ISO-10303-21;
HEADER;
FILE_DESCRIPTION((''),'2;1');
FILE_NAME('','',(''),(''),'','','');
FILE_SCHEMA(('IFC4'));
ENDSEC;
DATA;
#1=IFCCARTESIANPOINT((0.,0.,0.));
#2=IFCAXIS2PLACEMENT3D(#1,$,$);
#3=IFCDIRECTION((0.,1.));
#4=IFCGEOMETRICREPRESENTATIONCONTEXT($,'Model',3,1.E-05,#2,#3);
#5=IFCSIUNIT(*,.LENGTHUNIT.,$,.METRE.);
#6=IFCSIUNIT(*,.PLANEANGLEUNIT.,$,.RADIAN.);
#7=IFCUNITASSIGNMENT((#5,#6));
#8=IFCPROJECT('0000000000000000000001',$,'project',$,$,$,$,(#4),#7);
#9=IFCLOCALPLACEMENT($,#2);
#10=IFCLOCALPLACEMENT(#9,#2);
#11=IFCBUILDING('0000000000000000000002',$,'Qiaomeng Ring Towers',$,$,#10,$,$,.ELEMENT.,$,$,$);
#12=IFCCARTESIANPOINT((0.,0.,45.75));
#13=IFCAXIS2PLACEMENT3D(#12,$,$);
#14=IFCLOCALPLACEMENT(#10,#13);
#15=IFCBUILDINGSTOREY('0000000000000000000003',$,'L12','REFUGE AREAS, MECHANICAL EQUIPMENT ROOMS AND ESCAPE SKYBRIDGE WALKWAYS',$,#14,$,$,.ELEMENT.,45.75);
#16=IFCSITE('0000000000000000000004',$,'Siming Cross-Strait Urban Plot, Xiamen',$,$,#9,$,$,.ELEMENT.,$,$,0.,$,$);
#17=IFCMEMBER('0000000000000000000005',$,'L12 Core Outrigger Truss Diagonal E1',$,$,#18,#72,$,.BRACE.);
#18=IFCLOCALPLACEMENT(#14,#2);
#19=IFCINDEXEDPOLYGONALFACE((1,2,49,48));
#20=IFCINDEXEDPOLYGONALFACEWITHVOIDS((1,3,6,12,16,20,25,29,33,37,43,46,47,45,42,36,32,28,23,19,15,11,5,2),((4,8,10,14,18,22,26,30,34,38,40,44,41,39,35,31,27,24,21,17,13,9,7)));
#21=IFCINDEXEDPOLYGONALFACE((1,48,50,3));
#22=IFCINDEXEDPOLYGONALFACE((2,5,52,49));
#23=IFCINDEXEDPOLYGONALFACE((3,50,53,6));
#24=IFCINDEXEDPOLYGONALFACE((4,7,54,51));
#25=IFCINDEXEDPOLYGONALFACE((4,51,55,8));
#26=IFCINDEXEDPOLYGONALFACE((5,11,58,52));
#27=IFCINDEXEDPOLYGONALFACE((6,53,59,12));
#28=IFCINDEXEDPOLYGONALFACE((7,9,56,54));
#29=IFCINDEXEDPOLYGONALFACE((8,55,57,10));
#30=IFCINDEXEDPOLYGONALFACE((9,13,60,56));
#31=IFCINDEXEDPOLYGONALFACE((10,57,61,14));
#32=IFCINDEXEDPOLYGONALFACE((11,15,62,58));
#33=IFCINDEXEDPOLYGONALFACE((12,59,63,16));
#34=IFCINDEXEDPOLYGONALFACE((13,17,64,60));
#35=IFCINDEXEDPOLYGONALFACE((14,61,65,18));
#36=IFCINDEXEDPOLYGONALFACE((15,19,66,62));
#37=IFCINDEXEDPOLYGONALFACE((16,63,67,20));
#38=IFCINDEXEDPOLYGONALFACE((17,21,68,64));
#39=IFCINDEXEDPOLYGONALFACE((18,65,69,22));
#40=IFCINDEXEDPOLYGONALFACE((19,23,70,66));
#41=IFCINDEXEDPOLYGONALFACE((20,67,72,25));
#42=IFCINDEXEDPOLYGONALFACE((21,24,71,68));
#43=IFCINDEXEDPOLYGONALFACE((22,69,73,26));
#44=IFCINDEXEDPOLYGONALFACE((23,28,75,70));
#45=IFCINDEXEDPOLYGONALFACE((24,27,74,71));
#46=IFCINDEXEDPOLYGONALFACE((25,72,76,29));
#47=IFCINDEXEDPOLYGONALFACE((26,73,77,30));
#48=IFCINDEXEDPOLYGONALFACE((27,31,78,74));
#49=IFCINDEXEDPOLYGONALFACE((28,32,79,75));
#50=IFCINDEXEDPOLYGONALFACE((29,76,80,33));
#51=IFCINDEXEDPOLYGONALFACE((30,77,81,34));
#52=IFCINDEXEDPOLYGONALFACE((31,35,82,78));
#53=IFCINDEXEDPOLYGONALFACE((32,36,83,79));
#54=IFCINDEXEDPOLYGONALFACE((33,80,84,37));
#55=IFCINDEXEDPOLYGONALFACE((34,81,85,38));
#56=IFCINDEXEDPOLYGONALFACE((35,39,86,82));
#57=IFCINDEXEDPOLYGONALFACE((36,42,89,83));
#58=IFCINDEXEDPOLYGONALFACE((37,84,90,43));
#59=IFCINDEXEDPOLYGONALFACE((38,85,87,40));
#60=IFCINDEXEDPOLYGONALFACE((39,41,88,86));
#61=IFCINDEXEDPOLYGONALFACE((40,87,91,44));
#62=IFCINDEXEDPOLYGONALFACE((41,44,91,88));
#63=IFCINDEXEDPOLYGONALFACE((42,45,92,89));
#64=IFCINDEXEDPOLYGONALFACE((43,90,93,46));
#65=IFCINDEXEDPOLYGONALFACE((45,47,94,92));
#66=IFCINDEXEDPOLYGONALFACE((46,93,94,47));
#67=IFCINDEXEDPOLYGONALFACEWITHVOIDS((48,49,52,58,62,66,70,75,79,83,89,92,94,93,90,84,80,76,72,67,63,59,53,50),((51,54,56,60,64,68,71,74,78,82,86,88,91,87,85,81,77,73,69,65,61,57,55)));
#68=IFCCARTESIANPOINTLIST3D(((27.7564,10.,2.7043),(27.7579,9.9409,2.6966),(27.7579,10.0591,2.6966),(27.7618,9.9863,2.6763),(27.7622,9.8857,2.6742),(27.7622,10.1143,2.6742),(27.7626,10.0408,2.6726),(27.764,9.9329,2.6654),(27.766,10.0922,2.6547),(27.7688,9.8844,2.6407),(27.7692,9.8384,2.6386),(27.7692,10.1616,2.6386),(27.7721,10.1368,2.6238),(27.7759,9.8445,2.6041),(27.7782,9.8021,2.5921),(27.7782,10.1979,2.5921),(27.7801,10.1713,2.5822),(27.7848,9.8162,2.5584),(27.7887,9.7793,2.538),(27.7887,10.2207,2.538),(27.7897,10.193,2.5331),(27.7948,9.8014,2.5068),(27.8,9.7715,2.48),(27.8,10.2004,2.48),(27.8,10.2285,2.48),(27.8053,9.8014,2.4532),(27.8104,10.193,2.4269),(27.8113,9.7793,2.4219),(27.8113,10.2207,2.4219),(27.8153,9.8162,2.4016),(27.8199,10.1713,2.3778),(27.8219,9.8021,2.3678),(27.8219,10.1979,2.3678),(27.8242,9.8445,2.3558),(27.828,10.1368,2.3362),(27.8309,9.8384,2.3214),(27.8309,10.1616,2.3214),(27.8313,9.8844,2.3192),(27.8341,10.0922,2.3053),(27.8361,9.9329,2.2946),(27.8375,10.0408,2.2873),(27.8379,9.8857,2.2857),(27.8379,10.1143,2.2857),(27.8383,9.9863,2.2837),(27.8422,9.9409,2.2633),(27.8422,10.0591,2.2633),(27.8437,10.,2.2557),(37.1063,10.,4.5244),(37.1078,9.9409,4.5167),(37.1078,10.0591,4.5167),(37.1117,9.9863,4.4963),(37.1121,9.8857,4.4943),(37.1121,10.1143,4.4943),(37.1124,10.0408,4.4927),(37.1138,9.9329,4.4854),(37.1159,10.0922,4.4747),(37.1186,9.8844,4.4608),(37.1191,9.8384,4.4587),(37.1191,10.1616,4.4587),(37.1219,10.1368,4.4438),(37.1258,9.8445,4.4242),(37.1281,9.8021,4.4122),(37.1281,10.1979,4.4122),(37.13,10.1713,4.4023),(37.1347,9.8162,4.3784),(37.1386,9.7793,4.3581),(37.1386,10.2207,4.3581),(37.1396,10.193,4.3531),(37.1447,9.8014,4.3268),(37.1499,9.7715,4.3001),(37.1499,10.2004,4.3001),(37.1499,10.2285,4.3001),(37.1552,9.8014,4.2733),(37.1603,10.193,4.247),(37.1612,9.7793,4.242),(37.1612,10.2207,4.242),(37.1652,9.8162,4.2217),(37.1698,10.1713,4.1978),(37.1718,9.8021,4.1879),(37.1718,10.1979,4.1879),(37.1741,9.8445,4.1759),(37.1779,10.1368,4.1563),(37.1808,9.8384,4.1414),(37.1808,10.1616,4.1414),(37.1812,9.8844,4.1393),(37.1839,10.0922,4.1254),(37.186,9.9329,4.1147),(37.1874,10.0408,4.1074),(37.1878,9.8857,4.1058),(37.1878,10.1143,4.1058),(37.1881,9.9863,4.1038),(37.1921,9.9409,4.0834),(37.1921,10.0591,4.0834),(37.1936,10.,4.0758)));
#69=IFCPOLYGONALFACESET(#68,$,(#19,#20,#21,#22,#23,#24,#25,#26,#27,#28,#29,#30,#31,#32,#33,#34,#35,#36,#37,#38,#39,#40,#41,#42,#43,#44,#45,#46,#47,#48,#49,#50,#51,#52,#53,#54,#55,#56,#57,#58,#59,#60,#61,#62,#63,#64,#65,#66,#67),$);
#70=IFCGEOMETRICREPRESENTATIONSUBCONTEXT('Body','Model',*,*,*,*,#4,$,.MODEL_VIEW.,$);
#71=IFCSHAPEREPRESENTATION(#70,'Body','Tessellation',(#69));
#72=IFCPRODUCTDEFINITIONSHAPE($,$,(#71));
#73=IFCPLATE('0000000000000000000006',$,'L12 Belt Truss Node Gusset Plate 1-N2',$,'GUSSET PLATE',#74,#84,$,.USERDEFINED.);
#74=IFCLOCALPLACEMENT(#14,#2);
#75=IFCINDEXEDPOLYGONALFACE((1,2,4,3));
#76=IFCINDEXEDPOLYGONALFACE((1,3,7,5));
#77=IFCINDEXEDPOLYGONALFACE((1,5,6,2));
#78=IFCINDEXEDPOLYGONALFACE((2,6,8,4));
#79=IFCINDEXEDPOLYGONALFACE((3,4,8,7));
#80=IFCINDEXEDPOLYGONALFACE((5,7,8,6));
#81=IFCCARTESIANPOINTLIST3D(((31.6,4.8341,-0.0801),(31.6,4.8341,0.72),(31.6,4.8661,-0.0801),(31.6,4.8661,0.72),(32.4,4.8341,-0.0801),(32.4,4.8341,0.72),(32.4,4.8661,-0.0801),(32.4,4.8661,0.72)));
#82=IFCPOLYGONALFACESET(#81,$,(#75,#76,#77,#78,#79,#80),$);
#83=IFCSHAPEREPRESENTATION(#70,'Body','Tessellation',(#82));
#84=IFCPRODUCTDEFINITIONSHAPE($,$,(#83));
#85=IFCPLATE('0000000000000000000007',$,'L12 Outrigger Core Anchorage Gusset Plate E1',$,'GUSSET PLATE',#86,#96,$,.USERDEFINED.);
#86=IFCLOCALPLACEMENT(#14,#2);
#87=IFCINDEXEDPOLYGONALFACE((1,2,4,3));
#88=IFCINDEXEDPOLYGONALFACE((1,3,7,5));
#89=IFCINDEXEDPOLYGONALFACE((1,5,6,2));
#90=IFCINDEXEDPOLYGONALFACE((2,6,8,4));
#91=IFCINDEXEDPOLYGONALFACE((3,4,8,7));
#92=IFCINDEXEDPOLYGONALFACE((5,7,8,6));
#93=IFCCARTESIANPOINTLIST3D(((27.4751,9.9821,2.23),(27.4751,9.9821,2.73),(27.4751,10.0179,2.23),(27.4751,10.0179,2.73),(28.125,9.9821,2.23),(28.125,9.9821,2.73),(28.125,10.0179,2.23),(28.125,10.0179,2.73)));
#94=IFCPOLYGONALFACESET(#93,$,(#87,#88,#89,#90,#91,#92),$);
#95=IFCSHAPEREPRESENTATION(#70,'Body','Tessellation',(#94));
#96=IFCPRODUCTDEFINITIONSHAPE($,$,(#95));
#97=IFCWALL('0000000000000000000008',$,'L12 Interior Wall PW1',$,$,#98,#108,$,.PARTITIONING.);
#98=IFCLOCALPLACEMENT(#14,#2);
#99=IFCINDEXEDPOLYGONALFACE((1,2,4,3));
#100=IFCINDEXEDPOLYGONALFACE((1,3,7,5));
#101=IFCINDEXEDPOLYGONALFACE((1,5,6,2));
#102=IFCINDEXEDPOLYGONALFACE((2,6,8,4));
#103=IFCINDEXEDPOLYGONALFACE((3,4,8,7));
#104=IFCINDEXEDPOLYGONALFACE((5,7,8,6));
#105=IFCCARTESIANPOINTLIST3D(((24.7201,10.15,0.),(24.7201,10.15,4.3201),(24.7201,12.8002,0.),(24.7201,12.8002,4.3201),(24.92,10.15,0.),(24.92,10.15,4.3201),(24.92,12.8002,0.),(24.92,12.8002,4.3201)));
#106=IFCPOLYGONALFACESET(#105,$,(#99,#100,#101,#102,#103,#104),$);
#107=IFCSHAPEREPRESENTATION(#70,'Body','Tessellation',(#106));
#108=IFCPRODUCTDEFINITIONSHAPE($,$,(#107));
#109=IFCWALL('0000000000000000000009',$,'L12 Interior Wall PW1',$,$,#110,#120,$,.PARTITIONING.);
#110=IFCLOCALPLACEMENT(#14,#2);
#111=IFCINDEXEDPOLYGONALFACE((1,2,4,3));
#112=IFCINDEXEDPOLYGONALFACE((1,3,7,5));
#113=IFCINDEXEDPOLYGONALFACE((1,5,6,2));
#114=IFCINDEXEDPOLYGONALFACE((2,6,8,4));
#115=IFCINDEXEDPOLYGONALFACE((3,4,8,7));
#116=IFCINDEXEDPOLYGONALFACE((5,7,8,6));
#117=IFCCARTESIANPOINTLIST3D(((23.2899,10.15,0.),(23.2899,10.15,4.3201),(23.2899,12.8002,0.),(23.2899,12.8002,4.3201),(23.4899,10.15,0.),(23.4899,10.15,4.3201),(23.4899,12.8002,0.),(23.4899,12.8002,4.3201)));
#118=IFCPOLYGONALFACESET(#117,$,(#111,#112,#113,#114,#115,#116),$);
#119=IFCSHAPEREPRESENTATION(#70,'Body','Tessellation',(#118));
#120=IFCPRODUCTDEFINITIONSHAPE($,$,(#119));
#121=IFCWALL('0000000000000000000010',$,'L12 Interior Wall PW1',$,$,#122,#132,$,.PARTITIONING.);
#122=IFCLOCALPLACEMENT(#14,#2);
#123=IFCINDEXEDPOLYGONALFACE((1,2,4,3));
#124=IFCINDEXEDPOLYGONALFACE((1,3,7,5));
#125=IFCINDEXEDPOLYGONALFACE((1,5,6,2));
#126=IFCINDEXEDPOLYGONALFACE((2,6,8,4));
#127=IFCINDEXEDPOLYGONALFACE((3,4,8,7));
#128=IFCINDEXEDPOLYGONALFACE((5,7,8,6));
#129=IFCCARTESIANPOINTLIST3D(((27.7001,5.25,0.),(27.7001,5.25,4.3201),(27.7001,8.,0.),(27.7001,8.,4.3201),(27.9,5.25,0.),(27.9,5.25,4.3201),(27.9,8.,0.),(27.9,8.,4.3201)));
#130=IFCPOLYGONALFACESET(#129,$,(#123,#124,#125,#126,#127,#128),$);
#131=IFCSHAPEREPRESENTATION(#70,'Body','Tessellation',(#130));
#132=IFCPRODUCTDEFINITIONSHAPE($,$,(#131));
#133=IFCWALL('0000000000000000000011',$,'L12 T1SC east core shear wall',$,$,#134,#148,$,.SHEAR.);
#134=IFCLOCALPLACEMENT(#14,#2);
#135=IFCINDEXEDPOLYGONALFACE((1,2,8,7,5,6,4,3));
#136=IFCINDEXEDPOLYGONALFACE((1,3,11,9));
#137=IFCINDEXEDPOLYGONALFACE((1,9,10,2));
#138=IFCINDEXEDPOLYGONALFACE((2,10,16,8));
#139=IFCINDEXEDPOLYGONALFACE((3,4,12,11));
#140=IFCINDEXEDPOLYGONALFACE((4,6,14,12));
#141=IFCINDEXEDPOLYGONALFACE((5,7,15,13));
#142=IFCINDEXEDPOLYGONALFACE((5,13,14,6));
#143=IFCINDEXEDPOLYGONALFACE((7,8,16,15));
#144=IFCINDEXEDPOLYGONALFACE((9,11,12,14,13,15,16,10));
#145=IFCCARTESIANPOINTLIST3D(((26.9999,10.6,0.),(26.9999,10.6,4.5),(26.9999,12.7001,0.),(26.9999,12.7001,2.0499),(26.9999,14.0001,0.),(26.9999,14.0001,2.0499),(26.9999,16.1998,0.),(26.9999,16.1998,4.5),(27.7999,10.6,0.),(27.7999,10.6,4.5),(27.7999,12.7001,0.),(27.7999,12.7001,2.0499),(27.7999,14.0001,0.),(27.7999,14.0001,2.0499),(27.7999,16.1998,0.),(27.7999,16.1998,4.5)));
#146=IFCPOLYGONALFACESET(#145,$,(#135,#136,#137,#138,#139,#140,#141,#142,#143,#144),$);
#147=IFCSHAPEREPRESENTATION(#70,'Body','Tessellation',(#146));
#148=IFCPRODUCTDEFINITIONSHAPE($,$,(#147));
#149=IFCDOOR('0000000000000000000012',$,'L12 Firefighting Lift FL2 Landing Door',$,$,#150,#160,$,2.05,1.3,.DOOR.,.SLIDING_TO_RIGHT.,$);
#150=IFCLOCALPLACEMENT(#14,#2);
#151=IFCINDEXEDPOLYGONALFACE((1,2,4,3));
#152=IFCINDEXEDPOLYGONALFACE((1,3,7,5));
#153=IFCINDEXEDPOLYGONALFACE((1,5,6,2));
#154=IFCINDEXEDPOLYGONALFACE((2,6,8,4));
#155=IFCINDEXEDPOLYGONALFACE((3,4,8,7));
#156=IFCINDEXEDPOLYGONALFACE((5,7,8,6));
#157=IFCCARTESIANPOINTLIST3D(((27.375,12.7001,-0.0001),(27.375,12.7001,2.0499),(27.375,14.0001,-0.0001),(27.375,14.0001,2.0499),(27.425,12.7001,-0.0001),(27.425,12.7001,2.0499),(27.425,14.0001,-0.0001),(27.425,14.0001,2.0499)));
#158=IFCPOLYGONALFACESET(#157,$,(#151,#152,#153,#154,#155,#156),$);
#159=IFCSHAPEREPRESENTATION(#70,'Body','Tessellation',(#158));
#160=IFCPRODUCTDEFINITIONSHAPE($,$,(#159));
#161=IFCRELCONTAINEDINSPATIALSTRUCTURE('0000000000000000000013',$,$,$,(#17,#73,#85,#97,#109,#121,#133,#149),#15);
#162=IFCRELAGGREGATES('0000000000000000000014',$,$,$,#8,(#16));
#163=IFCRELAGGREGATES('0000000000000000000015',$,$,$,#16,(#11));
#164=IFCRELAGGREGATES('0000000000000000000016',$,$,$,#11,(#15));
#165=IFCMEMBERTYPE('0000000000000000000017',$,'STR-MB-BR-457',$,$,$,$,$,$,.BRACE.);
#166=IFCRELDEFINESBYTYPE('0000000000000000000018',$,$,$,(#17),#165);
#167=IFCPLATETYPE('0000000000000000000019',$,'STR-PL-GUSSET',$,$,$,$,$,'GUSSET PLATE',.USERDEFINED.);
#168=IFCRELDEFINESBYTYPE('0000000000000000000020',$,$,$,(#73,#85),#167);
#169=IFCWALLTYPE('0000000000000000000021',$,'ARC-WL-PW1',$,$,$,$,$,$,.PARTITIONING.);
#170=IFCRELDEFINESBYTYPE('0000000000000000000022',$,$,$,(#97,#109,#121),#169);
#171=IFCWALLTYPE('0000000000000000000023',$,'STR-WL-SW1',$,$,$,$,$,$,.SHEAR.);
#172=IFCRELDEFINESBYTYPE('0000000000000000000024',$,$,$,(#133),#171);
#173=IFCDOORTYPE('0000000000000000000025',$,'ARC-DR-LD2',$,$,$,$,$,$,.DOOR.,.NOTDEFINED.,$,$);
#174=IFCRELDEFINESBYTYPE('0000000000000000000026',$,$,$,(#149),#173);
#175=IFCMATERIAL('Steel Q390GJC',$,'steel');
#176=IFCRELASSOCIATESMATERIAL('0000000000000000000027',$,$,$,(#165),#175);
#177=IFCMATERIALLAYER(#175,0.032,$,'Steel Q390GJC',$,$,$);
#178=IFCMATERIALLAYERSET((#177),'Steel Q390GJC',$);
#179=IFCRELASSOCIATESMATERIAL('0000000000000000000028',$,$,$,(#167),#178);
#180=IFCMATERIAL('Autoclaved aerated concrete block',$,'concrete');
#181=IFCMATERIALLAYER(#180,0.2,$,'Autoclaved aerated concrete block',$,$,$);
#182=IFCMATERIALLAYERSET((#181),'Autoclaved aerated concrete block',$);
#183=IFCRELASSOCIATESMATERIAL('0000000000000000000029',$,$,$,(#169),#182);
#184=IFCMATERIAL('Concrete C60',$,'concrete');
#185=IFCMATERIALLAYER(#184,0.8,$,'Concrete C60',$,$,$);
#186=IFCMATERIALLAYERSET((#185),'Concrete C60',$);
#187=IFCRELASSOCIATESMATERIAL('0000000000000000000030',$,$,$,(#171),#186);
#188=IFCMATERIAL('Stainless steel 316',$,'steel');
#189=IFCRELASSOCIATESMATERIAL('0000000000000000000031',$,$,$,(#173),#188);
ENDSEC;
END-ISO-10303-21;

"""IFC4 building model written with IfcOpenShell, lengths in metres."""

from ifc_helpers import new_model, si_unit, direction, frame, frame_2d, origin, origin_2d, place, context, subcontext, project, spatial, rectangle, hollow_circle, extrude, source, transform, mapped, material, layer, layer_set, material_profile, profile_set, type_object, element, fill, save


model = new_model("IFC4")

# Units and contexts
model_context = context("Model", 3, precision=1e-05, world=origin(), true_north=direction((0.0, 1.0)))
body_context = subcontext(model_context, "Body", "Model", "MODEL_VIEW")
ifc_project = project(units=[si_unit("LENGTHUNIT", "METRE"), si_unit("PLANEANGLEUNIT", "RADIAN")], contexts=[model_context])

# Site, building, storey
site_placement = place(None, origin())
site = spatial("IfcSite", under=ifc_project, at=site_placement, Name="Siming Cross-Strait Urban Plot, Xiamen", CompositionType="ELEMENT", RefElevation=0.0)
building_placement = place(site_placement, origin())
building = spatial("IfcBuilding", under=site, at=building_placement, Name="Qiaomeng Ring Towers", CompositionType="ELEMENT")
storey_placement = place(building_placement, frame((0.0, 0.0, 45.75)))
storey = spatial("IfcBuildingStorey", under=building, at=storey_placement, Name="L12", Description="REFUGE AREAS, MECHANICAL EQUIPMENT ROOMS AND ESCAPE SKYBRIDGE WALKWAYS", CompositionType="ELEMENT", Elevation=45.75)

# Shared definitions
ifc_material_1 = material(Name="Concrete C60", Category="concrete")

# Shared definitions
ifc_material_2 = material(Name="Steel Q390GJC", Category="steel")

# Member
ifc_material_profile_1 = material_profile(ifc_material_2, hollow_circle(Radius=0.2285, WallThickness=0.0281, at=origin_2d()), Name="CHS 457x28")
ifc_profile_set_1 = profile_set([ifc_material_profile_1], Name="Steel Q390GJC")
member_type_1 = type_object("IfcMemberType", Name="STR-MB-BR-457", PredefinedType="BRACE", material=ifc_profile_set_1)
shared_shape_1 = source(origin(), body_context, "Body", "SweptSolid", [
    extrude(hollow_circle(Radius=0.2285, WallThickness=0.0281, at=origin_2d()), origin(), (0.0, 0.0, 1.0), 9.5254),
])
member_1_placement = place(storey_placement, frame((27.8, 10.0, 2.48), z_axis=(0.981575, 0.0, 0.191076), x_axis=(0.0, 1.0, 0.0)))
element("IfcMember", 1, at=member_1_placement, inside=storey, type_object=member_type_1, Name="L12 Core Outrigger Truss Diagonal E1", PredefinedType="BRACE", context=body_context, shape_type="MappedRepresentation", body=[
    mapped(shared_shape_1, transform((0.0, 0.0, 0.0), x_axis=(1.0, 0.0, 0.0), y_axis=(0.0, 1.0, 0.0), z_axis=(0.0, 0.0, 1.0), scale=1.0)),
])

# Plates
ifc_layer_1 = layer(ifc_material_2, 0.032, Name="Steel Q390GJC")
ifc_layer_set_1 = layer_set([ifc_layer_1], Name="Steel Q390GJC")
plate_type = type_object("IfcPlateType", Name="STR-PL-GUSSET", ElementType="GUSSET PLATE", PredefinedType="USERDEFINED", material=ifc_layer_set_1)
shared_shape_2 = source(origin(), body_context, "Body", "SweptSolid", [
    extrude(rectangle(XDim=0.8, YDim=0.032, at=origin_2d()), origin(), (0.0, 0.0, 1.0), 0.8),
])
plate_1_placement = place(storey_placement, frame((32.0, 4.8501, -0.0801), z_axis=(0.0, 0.0, 1.0), x_axis=(1.0, 0.0, 0.0)))
element("IfcPlate", 2, at=plate_1_placement, inside=storey, type_object=plate_type, Name="L12 Belt Truss Node Gusset Plate 1-N2", ObjectType="GUSSET PLATE", PredefinedType="USERDEFINED", context=body_context, shape_type="MappedRepresentation", body=[
    mapped(shared_shape_2, transform((0.0, 0.0, 0.0), x_axis=(1.0, 0.0, 0.0), y_axis=(0.0, 1.0, 0.0), z_axis=(0.0, 0.0, 1.0), scale=1.0)),
])
shared_shape_3 = source(origin(), body_context, "Body", "SweptSolid", [
    extrude(rectangle(XDim=0.6499, YDim=0.0359, at=origin_2d()), origin(), (0.0, 0.0, 1.0), 0.5),
])
plate_2_placement = place(storey_placement, frame((27.8, 10.0, 2.23), z_axis=(0.0, 0.0, 1.0), x_axis=(1.0, 0.0, 0.0)))
element("IfcPlate", 3, at=plate_2_placement, inside=storey, type_object=plate_type, Name="L12 Outrigger Core Anchorage Gusset Plate E1", ObjectType="GUSSET PLATE", PredefinedType="USERDEFINED", context=body_context, shape_type="MappedRepresentation", body=[
    mapped(shared_shape_3, transform((0.0, 0.0, 0.0), x_axis=(1.0, 0.0, 0.0), y_axis=(0.0, 1.0, 0.0), z_axis=(0.0, 0.0, 1.0), scale=1.0)),
])

# Walls
ifc_material_3 = material(Name="Autoclaved aerated concrete block", Category="concrete")
ifc_layer_2 = layer(ifc_material_3, 0.2, Name="Autoclaved aerated concrete block")
ifc_layer_set_2 = layer_set([ifc_layer_2], Name="Autoclaved aerated concrete block")
wall_type_1 = type_object("IfcWallType", Name="ARC-WL-PW1", PredefinedType="PARTITIONING", material=ifc_layer_set_2)
for number, where, z_axis, x_axis, name in (
    (4, (24.8201, 10.1499, 0.0), (0.0, 0.0, 1.0), (0.0, 1.0, 0.0), "L12 Interior Wall PW1"),
    (5, (23.3899, 10.1499, 0.0), (0.0, 0.0, 1.0), (0.0, 1.0, 0.0), "L12 Interior Wall PW1"),
):
    element("IfcWall", number, at=place(storey_placement, frame(where, z_axis=z_axis, x_axis=x_axis)), inside=storey, type_object=wall_type_1, Name=name, PredefinedType="PARTITIONING", context=body_context, shape_type="SweptSolid", body=[
        extrude(rectangle(XDim=2.6501, YDim=0.2, at=frame_2d((1.3252, 0.0))), origin(), (0.0, 0.0, 1.0), 4.3201),
    ])
wall_1_placement = place(storey_placement, frame((27.8, 5.25, 0.0), z_axis=(0.0, 0.0, 1.0), x_axis=(0.0, 1.0, 0.0)))
element("IfcWall", 6, at=wall_1_placement, inside=storey, type_object=wall_type_1, Name="L12 Interior Wall PW1", PredefinedType="PARTITIONING", context=body_context, shape_type="SweptSolid", body=[
    extrude(rectangle(XDim=2.75, YDim=0.2, at=frame_2d((1.375, 0.0))), origin(), (0.0, 0.0, 1.0), 4.3201),
])

# Wall, opening, door
ifc_layer_3 = layer(ifc_material_1, 0.8, Name="Concrete C60")
ifc_layer_set_3 = layer_set([ifc_layer_3], Name="Concrete C60")
wall_type_2 = type_object("IfcWallType", Name="STR-WL-SW1", PredefinedType="SHEAR", material=ifc_layer_set_3)
wall_2_placement = place(storey_placement, frame((27.3999, 10.6001, 0.0), z_axis=(0.0, 0.0, 1.0), x_axis=(0.0, 1.0, 0.0)))
wall_2 = element("IfcWall", 7, at=wall_2_placement, inside=storey, type_object=wall_type_2, Name="L12 T1SC east core shear wall", PredefinedType="SHEAR", context=body_context, shape_type="SweptSolid", body=[
    extrude(rectangle(XDim=5.5999, YDim=0.8, at=frame_2d((2.7998, 0.0))), origin(), (0.0, 0.0, 1.0), 4.5),
])
opening_placement = place(wall_2_placement, frame((2.1001, 0.0, 0.0)))
opening = element("IfcOpeningElement", 8, at=opening_placement, cuts=wall_2, PredefinedType="OPENING", context=body_context, shape_type="SweptSolid", body=[
    extrude(rectangle(XDim=1.3, YDim=2.05, at=frame_2d((0.6499, 1.0249))), frame((0.0, 0.4099, 0.0), z_axis=(0.0, -1.0, 0.0), x_axis=(1.0, 0.0, 0.0)), (0.0, 0.0, 1.0), 0.8201),
])
ifc_material_4 = material(Name="Stainless steel 316", Category="steel")
door_type = type_object("IfcDoorType", Name="ARC-DR-LD2", OperationType="NOTDEFINED", PredefinedType="DOOR", material=ifc_material_4)
shared_shape_4 = source(origin(), body_context, "Body", "SweptSolid", [
    extrude(rectangle(XDim=1.3, YDim=2.05, at=frame_2d((0.6499, 1.0249))), frame((0.0, 0.0249, 0.0), z_axis=(0.0, -1.0, 0.0), x_axis=(1.0, 0.0, 0.0)), (0.0, 0.0, 1.0), 0.05),
])
door_placement = place(opening_placement, origin())
door = element("IfcDoor", 9, at=door_placement, inside=storey, type_object=door_type, Name="L12 Firefighting Lift FL2 Landing Door", OperationType="SLIDING_TO_RIGHT", OverallHeight=2.05, OverallWidth=1.3, PredefinedType="DOOR", context=body_context, shape_type="MappedRepresentation", body=[
    mapped(shared_shape_4, transform((0.0, 0.0, 0.0), x_axis=(1.0, 0.0, 0.0), y_axis=(0.0, 1.0, 0.0), z_axis=(0.0, 0.0, 1.0), scale=1.0)),
])
fill(opening, door)

save(model, "model.ifc")
